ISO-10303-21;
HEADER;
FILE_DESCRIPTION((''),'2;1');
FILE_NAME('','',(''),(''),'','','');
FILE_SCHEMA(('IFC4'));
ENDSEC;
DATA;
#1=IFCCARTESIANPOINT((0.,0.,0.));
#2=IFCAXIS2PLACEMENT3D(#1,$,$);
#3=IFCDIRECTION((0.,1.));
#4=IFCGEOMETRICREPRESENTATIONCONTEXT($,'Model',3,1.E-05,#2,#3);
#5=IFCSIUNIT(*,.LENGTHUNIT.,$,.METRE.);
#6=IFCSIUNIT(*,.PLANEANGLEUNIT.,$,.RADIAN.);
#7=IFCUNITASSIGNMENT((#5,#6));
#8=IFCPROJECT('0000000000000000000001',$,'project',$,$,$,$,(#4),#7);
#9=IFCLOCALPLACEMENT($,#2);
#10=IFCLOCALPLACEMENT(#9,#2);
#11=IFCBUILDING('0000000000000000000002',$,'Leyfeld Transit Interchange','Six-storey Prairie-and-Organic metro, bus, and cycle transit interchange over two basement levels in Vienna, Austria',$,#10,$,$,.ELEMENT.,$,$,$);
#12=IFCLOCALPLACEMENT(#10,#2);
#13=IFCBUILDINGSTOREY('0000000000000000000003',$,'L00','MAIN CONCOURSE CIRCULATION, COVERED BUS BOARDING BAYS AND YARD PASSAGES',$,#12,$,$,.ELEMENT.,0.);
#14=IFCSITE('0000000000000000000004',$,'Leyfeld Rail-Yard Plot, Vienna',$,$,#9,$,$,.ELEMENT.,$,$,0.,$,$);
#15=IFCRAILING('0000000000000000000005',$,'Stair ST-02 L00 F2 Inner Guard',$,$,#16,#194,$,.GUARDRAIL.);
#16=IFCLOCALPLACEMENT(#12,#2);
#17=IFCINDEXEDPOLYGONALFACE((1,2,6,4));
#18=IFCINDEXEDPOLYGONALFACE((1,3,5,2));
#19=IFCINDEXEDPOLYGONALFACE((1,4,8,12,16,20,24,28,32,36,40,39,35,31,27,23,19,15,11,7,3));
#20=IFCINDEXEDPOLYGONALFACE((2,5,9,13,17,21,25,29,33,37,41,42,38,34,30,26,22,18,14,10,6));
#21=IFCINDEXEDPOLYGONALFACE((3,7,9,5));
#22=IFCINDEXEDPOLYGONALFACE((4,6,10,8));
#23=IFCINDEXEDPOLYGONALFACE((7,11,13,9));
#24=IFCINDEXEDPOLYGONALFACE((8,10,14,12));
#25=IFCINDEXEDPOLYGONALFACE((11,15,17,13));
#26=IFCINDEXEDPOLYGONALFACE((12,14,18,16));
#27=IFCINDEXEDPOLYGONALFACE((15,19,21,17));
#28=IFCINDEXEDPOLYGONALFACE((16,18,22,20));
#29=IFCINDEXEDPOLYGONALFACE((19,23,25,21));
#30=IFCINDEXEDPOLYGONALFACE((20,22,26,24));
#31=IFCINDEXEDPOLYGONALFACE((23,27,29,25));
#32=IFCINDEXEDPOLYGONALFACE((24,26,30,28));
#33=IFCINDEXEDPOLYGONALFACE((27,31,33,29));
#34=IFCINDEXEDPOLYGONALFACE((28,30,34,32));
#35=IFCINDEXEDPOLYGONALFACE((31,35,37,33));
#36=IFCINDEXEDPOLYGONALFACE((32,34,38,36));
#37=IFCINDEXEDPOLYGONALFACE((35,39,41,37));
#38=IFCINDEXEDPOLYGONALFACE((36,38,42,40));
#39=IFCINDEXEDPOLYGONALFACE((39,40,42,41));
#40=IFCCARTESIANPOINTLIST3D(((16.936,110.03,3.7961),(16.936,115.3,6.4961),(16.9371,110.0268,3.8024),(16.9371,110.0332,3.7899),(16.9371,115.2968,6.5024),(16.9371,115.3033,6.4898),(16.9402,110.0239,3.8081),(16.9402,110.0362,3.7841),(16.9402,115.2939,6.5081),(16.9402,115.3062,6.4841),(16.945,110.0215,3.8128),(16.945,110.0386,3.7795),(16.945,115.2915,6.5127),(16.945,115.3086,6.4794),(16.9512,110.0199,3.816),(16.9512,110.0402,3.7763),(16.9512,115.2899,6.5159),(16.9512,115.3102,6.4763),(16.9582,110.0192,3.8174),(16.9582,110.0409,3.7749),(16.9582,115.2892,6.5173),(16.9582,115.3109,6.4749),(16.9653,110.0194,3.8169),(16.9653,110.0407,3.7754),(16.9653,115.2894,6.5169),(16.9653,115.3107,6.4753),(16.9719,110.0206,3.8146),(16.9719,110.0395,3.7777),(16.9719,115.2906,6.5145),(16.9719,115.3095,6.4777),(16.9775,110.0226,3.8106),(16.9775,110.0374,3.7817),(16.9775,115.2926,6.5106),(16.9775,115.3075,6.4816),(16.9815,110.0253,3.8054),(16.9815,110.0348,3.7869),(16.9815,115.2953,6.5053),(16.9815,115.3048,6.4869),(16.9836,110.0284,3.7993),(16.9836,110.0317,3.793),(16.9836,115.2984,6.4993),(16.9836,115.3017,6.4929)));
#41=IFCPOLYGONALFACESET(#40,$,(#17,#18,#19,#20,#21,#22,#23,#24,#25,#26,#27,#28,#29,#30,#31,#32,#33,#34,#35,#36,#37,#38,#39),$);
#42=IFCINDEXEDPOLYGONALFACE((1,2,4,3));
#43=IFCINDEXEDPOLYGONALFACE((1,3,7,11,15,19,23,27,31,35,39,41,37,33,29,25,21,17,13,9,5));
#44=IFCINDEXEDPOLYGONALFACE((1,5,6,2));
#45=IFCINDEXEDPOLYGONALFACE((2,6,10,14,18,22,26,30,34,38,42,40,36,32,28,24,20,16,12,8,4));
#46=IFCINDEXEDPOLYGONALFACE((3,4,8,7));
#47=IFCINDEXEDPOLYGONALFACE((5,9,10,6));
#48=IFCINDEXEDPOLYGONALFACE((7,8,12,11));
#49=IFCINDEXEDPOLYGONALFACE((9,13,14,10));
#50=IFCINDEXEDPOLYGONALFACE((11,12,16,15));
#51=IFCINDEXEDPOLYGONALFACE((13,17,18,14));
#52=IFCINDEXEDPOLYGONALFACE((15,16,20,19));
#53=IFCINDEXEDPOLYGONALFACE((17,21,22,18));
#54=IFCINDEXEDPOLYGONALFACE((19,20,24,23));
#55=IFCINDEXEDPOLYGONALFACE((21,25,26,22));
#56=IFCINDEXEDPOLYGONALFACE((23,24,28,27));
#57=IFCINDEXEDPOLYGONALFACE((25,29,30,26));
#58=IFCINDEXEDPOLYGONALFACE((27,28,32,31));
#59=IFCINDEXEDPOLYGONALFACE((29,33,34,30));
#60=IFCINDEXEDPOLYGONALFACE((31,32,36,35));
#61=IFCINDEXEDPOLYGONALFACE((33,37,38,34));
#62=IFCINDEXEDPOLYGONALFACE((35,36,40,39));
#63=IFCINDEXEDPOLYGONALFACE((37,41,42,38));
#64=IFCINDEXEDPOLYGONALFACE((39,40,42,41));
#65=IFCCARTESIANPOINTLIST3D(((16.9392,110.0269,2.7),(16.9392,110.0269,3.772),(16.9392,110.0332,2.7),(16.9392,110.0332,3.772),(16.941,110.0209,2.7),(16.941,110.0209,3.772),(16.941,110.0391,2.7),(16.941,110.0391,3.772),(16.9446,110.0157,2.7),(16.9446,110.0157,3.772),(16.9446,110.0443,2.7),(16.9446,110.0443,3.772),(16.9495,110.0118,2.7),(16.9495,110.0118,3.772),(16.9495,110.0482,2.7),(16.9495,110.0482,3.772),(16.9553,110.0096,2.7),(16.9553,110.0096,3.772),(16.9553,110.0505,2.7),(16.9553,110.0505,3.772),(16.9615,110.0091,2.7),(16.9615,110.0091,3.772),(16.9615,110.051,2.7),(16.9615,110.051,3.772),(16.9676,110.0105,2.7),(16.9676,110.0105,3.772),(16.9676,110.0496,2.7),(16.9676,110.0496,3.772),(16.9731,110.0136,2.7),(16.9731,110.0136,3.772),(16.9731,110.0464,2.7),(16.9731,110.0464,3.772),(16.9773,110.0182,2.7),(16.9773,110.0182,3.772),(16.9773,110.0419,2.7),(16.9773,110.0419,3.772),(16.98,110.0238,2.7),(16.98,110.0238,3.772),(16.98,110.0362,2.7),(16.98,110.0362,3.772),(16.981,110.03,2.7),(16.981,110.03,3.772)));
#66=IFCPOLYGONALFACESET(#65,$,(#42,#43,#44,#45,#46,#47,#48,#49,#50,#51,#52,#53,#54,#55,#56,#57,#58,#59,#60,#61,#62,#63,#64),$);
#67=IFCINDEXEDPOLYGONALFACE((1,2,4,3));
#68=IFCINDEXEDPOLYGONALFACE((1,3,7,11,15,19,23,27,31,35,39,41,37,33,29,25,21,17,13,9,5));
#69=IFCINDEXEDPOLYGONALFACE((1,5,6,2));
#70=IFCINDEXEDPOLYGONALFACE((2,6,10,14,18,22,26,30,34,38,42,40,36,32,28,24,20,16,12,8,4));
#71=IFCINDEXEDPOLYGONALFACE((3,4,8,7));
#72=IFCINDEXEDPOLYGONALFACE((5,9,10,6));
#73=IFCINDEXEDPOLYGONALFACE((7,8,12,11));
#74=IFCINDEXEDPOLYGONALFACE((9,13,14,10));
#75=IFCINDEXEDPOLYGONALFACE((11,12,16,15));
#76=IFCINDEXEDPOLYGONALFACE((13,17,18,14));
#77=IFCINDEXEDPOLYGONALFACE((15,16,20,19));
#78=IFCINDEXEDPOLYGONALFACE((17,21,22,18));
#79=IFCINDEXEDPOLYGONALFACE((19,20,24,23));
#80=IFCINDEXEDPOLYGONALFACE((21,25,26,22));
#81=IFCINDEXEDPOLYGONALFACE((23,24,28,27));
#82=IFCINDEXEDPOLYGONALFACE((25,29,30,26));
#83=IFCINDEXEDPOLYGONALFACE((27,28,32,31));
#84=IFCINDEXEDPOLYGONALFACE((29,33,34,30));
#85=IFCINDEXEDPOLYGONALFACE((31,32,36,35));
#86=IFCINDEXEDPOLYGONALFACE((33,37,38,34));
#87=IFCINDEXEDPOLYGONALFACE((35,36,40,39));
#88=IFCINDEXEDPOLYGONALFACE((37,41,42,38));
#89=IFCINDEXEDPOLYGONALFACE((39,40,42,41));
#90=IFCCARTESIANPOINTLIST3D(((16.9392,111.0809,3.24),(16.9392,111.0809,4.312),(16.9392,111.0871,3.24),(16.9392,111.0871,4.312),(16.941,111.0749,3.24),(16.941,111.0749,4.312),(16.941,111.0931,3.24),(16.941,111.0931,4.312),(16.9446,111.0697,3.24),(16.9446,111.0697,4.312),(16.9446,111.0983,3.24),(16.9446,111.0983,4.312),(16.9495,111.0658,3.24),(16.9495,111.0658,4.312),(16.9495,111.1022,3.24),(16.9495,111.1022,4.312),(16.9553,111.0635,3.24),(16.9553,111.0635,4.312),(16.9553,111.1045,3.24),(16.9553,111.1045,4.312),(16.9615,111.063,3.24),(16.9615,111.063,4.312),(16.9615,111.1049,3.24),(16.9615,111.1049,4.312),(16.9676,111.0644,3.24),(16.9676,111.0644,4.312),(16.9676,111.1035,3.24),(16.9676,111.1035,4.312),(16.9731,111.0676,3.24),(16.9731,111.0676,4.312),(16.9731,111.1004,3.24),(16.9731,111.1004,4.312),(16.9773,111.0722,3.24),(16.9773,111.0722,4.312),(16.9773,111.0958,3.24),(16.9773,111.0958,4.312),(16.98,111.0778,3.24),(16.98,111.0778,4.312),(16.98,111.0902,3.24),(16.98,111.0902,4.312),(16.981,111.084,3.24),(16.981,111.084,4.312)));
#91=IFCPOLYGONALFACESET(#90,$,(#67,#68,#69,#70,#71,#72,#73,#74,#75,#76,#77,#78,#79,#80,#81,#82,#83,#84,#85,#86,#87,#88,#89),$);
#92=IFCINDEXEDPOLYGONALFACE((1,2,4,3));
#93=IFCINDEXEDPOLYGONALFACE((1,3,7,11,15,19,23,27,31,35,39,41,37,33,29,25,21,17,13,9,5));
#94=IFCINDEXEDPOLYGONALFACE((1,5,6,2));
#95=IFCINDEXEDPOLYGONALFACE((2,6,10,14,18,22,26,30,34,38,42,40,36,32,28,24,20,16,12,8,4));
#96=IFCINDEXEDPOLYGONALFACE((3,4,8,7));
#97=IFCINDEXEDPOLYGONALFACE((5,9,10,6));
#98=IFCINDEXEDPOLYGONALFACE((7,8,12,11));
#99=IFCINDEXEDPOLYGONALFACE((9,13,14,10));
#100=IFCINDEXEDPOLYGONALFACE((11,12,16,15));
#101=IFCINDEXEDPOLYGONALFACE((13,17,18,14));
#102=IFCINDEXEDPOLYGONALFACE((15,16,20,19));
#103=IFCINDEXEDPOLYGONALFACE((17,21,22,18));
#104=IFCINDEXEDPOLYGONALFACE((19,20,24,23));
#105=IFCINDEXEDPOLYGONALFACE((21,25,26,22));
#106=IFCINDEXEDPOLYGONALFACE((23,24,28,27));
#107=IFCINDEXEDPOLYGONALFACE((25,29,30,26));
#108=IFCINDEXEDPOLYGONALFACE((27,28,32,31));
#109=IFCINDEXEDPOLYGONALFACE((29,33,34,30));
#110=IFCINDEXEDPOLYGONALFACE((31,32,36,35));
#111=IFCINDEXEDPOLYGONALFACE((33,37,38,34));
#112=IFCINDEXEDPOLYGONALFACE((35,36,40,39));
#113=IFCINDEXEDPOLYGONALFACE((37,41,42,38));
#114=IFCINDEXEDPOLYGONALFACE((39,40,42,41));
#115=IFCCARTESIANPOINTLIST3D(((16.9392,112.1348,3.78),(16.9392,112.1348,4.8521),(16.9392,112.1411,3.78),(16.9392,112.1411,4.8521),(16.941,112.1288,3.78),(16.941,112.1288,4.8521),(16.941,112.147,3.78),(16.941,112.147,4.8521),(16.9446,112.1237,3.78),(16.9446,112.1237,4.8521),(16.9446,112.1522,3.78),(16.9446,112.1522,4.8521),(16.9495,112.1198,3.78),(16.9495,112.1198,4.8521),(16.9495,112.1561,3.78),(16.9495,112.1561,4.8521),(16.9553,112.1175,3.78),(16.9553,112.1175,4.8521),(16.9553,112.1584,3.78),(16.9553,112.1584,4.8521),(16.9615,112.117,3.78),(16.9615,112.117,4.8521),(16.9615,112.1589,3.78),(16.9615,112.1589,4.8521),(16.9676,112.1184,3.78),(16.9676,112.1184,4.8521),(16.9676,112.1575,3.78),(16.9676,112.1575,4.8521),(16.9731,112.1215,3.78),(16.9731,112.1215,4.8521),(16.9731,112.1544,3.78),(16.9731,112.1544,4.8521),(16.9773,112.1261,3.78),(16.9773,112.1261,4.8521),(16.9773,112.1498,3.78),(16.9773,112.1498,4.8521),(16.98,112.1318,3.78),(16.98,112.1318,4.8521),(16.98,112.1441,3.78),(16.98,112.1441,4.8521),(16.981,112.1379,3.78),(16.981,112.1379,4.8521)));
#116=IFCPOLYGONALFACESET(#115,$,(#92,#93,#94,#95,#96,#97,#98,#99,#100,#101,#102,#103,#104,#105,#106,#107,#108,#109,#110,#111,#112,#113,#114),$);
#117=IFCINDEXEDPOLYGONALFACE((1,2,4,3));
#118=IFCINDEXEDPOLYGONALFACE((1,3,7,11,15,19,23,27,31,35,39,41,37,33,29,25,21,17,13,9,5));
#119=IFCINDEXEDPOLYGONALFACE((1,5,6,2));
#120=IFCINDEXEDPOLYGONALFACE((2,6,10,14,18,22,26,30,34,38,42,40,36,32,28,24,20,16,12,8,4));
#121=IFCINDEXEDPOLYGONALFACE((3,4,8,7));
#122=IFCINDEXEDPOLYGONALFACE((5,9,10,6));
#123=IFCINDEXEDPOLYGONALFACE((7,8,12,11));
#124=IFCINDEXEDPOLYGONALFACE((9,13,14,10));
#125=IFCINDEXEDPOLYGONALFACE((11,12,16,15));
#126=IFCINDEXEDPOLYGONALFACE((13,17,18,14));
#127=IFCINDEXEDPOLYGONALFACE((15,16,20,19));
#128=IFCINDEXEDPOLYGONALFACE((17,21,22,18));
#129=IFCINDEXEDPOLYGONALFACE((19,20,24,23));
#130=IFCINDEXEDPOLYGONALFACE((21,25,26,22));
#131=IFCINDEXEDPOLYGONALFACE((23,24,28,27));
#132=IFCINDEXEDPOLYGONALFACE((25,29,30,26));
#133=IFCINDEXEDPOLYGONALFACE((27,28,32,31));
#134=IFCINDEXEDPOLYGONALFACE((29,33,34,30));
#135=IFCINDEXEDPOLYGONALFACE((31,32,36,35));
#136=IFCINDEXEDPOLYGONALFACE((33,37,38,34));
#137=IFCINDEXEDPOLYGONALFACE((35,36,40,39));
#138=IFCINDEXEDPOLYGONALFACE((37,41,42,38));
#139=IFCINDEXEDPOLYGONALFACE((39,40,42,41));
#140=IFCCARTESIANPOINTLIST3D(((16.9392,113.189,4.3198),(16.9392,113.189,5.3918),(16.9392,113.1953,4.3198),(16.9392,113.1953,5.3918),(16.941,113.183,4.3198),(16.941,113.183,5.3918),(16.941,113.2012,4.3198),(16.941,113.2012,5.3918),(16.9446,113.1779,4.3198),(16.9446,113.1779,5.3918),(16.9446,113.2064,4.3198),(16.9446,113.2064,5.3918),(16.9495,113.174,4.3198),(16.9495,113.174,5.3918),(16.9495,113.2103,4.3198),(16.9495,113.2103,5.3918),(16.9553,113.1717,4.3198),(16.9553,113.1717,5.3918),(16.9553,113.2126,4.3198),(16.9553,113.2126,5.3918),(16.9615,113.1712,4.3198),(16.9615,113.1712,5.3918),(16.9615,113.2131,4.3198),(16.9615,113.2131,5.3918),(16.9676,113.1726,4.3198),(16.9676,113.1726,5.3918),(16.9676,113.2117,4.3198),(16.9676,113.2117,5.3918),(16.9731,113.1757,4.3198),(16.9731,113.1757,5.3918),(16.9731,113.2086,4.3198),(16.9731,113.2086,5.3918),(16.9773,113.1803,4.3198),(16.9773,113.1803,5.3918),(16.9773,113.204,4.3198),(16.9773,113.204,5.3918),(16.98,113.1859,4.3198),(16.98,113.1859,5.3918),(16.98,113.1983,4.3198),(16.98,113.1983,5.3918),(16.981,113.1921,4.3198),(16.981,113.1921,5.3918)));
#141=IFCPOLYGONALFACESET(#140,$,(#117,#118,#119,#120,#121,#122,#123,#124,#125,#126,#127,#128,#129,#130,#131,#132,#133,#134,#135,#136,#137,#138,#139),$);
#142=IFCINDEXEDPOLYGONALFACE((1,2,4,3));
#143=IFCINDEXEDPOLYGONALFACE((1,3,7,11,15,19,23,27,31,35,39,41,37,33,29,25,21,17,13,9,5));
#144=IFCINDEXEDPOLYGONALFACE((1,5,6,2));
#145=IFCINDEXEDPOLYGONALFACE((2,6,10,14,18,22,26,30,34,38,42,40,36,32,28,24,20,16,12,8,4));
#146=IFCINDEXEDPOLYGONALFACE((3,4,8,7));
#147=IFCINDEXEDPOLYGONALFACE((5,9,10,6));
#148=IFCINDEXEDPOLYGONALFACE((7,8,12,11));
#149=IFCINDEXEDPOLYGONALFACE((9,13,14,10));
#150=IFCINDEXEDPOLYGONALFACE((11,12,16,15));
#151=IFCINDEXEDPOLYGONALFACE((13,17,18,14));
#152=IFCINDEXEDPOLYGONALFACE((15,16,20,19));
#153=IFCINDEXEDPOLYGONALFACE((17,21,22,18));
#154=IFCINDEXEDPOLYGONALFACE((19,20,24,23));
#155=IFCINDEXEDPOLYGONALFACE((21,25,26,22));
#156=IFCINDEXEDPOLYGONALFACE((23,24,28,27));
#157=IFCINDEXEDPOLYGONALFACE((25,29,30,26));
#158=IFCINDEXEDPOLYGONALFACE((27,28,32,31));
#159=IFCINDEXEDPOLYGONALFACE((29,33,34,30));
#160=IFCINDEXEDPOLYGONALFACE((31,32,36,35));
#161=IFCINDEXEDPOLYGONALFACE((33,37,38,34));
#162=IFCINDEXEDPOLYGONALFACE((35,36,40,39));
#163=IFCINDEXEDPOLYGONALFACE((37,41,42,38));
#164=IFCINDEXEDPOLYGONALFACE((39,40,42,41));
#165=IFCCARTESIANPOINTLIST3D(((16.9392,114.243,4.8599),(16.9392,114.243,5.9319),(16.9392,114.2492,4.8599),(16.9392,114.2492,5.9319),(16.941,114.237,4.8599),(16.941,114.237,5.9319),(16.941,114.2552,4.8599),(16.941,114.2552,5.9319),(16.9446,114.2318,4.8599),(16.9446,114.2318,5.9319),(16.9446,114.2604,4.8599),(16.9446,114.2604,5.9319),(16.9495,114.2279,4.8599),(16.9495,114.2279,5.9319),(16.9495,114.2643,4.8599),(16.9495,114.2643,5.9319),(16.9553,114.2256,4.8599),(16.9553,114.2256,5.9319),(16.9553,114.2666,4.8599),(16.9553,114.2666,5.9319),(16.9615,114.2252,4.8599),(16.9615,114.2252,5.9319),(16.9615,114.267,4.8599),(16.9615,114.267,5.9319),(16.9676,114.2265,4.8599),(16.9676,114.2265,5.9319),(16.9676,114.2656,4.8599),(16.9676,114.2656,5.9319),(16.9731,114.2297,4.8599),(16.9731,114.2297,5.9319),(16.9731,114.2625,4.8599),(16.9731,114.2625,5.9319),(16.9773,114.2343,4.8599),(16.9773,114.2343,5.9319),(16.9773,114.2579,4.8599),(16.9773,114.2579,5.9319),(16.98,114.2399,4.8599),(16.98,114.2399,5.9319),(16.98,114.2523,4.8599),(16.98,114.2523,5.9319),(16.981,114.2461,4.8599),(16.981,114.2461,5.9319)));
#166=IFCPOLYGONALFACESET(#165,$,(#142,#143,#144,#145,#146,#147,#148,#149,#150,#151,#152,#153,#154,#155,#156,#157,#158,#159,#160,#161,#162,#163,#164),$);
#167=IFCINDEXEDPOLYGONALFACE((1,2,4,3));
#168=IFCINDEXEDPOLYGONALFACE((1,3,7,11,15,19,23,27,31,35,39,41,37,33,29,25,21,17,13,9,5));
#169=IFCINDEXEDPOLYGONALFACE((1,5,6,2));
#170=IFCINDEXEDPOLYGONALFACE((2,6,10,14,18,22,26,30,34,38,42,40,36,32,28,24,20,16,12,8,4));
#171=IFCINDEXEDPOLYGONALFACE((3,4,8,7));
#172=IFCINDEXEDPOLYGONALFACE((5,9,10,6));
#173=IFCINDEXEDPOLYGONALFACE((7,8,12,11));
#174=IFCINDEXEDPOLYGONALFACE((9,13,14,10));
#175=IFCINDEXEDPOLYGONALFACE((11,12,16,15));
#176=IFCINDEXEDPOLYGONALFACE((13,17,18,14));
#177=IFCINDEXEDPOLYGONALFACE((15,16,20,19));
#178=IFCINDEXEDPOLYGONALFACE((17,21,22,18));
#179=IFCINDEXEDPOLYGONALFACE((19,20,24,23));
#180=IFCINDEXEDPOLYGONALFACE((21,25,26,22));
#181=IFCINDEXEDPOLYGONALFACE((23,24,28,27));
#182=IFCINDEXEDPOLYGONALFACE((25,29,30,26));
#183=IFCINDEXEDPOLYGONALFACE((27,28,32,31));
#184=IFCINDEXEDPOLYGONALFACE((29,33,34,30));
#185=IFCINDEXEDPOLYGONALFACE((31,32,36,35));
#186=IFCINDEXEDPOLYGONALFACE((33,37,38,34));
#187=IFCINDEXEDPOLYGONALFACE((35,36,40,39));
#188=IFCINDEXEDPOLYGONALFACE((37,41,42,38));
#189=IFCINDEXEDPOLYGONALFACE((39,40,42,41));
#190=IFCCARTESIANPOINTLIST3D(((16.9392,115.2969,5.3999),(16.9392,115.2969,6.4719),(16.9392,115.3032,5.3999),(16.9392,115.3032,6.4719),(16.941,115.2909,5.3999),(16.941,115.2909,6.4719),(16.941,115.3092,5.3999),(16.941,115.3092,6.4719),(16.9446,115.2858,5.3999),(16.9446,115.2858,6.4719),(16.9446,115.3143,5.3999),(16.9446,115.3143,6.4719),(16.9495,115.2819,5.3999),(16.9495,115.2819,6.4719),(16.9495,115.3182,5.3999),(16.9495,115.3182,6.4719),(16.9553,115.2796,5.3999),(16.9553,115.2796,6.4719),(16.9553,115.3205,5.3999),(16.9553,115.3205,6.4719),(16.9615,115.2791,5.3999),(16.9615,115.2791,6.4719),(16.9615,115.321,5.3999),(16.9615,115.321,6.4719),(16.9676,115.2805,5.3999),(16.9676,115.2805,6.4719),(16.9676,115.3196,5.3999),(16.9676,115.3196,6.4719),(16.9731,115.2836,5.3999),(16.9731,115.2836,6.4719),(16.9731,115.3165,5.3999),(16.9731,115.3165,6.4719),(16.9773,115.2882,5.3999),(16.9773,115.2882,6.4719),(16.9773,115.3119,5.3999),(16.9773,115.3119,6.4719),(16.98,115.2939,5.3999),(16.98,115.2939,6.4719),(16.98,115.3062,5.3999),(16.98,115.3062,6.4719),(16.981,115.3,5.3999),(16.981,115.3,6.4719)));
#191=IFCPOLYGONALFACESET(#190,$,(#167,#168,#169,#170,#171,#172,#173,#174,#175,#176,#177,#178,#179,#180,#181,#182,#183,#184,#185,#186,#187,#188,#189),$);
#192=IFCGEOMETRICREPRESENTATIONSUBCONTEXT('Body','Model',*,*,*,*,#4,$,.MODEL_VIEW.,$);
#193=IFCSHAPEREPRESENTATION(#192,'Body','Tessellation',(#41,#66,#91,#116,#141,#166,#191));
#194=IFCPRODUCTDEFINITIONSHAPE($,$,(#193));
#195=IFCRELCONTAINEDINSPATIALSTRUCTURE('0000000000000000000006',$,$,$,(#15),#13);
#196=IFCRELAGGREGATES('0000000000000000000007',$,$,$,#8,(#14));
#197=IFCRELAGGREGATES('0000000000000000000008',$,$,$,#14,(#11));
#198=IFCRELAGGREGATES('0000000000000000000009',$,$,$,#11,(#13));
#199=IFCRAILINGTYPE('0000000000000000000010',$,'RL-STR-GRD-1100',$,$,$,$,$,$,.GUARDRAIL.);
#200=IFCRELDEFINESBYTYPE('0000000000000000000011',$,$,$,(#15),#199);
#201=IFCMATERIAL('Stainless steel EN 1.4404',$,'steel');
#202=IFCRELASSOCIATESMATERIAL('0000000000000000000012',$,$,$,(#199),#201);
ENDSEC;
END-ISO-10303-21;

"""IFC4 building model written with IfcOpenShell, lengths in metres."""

from ifc_helpers import new_model, si_unit, direction, frame, origin, origin_2d, place, context, subcontext, project, spatial, circle, extrude, material, type_object, element, save


model = new_model("IFC4")

# Units and contexts
model_context = context("Model", 3, precision=1e-05, world=origin(), true_north=direction((0.0, 1.0)))
body_context = subcontext(model_context, "Body", "Model", "MODEL_VIEW")
ifc_project = project(units=[si_unit("LENGTHUNIT", "METRE"), si_unit("PLANEANGLEUNIT", "RADIAN")], contexts=[model_context])

# Site, building, storey
site_placement = place(None, origin())
site = spatial("IfcSite", under=ifc_project, at=site_placement, Name="Leyfeld Rail-Yard Plot, Vienna", CompositionType="ELEMENT", RefElevation=0.0)
building_placement = place(site_placement, origin())
building = spatial("IfcBuilding", under=site, at=building_placement, Name="Leyfeld Transit Interchange", Description="Six-storey Prairie-and-Organic metro, bus, and cycle transit interchange over two basement levels in Vienna, Austria", CompositionType="ELEMENT")
storey_placement = place(building_placement, origin())
storey = spatial("IfcBuildingStorey", under=building, at=storey_placement, Name="L00", Description="MAIN CONCOURSE CIRCULATION, COVERED BUS BOARDING BAYS AND YARD PASSAGES", CompositionType="ELEMENT", Elevation=0.0)

# Railing
ifc_material_1 = material(Name="Stainless steel EN 1.4404", Category="steel")
railing_type_1 = type_object("IfcRailingType", Name="RL-STR-GRD-1100", PredefinedType="GUARDRAIL", material=ifc_material_1)
for number, where, name in (
    (1, (16.96, 110.03, 2.7), "Stair ST-02 L00 F2 Inner Guard"),
):
    element("IfcRailing", number, at=place(storey_placement, frame(where)), inside=storey, type_object=railing_type_1, Name=name, PredefinedType="GUARDRAIL", context=body_context, shape_type="SweptSolid", body=[
        extrude(circle(Radius=0.0239, at=origin_2d()), frame((0.0, 0.0, 1.0962), z_axis=(0.0, 0.889997, 0.455966), x_axis=(-1.0, 0.0, 0.0)), (0.0, 0.0, 1.0), 5.9214),
        extrude(circle(Radius=0.021, at=origin_2d()), origin(), (0.0, 0.0, 1.0), 1.072),
        extrude(circle(Radius=0.021, at=origin_2d()), frame((0.0, 1.054, 0.54)), (0.0, 0.0, 1.0), 1.072),
        extrude(circle(Radius=0.021, at=origin_2d()), frame((0.0, 2.1079, 1.0801)), (0.0, 0.0, 1.0), 1.072),
        extrude(circle(Radius=0.021, at=origin_2d()), frame((0.0, 3.1621, 1.6199)), (0.0, 0.0, 1.0), 1.072),
        extrude(circle(Radius=0.021, at=origin_2d()), frame((0.0, 4.2161, 2.1599)), (0.0, 0.0, 1.0), 1.072),
        extrude(circle(Radius=0.021, at=origin_2d()), frame((0.0, 5.27, 2.7)), (0.0, 0.0, 1.0), 1.072),
    ])

save(model, "model.ifc")
